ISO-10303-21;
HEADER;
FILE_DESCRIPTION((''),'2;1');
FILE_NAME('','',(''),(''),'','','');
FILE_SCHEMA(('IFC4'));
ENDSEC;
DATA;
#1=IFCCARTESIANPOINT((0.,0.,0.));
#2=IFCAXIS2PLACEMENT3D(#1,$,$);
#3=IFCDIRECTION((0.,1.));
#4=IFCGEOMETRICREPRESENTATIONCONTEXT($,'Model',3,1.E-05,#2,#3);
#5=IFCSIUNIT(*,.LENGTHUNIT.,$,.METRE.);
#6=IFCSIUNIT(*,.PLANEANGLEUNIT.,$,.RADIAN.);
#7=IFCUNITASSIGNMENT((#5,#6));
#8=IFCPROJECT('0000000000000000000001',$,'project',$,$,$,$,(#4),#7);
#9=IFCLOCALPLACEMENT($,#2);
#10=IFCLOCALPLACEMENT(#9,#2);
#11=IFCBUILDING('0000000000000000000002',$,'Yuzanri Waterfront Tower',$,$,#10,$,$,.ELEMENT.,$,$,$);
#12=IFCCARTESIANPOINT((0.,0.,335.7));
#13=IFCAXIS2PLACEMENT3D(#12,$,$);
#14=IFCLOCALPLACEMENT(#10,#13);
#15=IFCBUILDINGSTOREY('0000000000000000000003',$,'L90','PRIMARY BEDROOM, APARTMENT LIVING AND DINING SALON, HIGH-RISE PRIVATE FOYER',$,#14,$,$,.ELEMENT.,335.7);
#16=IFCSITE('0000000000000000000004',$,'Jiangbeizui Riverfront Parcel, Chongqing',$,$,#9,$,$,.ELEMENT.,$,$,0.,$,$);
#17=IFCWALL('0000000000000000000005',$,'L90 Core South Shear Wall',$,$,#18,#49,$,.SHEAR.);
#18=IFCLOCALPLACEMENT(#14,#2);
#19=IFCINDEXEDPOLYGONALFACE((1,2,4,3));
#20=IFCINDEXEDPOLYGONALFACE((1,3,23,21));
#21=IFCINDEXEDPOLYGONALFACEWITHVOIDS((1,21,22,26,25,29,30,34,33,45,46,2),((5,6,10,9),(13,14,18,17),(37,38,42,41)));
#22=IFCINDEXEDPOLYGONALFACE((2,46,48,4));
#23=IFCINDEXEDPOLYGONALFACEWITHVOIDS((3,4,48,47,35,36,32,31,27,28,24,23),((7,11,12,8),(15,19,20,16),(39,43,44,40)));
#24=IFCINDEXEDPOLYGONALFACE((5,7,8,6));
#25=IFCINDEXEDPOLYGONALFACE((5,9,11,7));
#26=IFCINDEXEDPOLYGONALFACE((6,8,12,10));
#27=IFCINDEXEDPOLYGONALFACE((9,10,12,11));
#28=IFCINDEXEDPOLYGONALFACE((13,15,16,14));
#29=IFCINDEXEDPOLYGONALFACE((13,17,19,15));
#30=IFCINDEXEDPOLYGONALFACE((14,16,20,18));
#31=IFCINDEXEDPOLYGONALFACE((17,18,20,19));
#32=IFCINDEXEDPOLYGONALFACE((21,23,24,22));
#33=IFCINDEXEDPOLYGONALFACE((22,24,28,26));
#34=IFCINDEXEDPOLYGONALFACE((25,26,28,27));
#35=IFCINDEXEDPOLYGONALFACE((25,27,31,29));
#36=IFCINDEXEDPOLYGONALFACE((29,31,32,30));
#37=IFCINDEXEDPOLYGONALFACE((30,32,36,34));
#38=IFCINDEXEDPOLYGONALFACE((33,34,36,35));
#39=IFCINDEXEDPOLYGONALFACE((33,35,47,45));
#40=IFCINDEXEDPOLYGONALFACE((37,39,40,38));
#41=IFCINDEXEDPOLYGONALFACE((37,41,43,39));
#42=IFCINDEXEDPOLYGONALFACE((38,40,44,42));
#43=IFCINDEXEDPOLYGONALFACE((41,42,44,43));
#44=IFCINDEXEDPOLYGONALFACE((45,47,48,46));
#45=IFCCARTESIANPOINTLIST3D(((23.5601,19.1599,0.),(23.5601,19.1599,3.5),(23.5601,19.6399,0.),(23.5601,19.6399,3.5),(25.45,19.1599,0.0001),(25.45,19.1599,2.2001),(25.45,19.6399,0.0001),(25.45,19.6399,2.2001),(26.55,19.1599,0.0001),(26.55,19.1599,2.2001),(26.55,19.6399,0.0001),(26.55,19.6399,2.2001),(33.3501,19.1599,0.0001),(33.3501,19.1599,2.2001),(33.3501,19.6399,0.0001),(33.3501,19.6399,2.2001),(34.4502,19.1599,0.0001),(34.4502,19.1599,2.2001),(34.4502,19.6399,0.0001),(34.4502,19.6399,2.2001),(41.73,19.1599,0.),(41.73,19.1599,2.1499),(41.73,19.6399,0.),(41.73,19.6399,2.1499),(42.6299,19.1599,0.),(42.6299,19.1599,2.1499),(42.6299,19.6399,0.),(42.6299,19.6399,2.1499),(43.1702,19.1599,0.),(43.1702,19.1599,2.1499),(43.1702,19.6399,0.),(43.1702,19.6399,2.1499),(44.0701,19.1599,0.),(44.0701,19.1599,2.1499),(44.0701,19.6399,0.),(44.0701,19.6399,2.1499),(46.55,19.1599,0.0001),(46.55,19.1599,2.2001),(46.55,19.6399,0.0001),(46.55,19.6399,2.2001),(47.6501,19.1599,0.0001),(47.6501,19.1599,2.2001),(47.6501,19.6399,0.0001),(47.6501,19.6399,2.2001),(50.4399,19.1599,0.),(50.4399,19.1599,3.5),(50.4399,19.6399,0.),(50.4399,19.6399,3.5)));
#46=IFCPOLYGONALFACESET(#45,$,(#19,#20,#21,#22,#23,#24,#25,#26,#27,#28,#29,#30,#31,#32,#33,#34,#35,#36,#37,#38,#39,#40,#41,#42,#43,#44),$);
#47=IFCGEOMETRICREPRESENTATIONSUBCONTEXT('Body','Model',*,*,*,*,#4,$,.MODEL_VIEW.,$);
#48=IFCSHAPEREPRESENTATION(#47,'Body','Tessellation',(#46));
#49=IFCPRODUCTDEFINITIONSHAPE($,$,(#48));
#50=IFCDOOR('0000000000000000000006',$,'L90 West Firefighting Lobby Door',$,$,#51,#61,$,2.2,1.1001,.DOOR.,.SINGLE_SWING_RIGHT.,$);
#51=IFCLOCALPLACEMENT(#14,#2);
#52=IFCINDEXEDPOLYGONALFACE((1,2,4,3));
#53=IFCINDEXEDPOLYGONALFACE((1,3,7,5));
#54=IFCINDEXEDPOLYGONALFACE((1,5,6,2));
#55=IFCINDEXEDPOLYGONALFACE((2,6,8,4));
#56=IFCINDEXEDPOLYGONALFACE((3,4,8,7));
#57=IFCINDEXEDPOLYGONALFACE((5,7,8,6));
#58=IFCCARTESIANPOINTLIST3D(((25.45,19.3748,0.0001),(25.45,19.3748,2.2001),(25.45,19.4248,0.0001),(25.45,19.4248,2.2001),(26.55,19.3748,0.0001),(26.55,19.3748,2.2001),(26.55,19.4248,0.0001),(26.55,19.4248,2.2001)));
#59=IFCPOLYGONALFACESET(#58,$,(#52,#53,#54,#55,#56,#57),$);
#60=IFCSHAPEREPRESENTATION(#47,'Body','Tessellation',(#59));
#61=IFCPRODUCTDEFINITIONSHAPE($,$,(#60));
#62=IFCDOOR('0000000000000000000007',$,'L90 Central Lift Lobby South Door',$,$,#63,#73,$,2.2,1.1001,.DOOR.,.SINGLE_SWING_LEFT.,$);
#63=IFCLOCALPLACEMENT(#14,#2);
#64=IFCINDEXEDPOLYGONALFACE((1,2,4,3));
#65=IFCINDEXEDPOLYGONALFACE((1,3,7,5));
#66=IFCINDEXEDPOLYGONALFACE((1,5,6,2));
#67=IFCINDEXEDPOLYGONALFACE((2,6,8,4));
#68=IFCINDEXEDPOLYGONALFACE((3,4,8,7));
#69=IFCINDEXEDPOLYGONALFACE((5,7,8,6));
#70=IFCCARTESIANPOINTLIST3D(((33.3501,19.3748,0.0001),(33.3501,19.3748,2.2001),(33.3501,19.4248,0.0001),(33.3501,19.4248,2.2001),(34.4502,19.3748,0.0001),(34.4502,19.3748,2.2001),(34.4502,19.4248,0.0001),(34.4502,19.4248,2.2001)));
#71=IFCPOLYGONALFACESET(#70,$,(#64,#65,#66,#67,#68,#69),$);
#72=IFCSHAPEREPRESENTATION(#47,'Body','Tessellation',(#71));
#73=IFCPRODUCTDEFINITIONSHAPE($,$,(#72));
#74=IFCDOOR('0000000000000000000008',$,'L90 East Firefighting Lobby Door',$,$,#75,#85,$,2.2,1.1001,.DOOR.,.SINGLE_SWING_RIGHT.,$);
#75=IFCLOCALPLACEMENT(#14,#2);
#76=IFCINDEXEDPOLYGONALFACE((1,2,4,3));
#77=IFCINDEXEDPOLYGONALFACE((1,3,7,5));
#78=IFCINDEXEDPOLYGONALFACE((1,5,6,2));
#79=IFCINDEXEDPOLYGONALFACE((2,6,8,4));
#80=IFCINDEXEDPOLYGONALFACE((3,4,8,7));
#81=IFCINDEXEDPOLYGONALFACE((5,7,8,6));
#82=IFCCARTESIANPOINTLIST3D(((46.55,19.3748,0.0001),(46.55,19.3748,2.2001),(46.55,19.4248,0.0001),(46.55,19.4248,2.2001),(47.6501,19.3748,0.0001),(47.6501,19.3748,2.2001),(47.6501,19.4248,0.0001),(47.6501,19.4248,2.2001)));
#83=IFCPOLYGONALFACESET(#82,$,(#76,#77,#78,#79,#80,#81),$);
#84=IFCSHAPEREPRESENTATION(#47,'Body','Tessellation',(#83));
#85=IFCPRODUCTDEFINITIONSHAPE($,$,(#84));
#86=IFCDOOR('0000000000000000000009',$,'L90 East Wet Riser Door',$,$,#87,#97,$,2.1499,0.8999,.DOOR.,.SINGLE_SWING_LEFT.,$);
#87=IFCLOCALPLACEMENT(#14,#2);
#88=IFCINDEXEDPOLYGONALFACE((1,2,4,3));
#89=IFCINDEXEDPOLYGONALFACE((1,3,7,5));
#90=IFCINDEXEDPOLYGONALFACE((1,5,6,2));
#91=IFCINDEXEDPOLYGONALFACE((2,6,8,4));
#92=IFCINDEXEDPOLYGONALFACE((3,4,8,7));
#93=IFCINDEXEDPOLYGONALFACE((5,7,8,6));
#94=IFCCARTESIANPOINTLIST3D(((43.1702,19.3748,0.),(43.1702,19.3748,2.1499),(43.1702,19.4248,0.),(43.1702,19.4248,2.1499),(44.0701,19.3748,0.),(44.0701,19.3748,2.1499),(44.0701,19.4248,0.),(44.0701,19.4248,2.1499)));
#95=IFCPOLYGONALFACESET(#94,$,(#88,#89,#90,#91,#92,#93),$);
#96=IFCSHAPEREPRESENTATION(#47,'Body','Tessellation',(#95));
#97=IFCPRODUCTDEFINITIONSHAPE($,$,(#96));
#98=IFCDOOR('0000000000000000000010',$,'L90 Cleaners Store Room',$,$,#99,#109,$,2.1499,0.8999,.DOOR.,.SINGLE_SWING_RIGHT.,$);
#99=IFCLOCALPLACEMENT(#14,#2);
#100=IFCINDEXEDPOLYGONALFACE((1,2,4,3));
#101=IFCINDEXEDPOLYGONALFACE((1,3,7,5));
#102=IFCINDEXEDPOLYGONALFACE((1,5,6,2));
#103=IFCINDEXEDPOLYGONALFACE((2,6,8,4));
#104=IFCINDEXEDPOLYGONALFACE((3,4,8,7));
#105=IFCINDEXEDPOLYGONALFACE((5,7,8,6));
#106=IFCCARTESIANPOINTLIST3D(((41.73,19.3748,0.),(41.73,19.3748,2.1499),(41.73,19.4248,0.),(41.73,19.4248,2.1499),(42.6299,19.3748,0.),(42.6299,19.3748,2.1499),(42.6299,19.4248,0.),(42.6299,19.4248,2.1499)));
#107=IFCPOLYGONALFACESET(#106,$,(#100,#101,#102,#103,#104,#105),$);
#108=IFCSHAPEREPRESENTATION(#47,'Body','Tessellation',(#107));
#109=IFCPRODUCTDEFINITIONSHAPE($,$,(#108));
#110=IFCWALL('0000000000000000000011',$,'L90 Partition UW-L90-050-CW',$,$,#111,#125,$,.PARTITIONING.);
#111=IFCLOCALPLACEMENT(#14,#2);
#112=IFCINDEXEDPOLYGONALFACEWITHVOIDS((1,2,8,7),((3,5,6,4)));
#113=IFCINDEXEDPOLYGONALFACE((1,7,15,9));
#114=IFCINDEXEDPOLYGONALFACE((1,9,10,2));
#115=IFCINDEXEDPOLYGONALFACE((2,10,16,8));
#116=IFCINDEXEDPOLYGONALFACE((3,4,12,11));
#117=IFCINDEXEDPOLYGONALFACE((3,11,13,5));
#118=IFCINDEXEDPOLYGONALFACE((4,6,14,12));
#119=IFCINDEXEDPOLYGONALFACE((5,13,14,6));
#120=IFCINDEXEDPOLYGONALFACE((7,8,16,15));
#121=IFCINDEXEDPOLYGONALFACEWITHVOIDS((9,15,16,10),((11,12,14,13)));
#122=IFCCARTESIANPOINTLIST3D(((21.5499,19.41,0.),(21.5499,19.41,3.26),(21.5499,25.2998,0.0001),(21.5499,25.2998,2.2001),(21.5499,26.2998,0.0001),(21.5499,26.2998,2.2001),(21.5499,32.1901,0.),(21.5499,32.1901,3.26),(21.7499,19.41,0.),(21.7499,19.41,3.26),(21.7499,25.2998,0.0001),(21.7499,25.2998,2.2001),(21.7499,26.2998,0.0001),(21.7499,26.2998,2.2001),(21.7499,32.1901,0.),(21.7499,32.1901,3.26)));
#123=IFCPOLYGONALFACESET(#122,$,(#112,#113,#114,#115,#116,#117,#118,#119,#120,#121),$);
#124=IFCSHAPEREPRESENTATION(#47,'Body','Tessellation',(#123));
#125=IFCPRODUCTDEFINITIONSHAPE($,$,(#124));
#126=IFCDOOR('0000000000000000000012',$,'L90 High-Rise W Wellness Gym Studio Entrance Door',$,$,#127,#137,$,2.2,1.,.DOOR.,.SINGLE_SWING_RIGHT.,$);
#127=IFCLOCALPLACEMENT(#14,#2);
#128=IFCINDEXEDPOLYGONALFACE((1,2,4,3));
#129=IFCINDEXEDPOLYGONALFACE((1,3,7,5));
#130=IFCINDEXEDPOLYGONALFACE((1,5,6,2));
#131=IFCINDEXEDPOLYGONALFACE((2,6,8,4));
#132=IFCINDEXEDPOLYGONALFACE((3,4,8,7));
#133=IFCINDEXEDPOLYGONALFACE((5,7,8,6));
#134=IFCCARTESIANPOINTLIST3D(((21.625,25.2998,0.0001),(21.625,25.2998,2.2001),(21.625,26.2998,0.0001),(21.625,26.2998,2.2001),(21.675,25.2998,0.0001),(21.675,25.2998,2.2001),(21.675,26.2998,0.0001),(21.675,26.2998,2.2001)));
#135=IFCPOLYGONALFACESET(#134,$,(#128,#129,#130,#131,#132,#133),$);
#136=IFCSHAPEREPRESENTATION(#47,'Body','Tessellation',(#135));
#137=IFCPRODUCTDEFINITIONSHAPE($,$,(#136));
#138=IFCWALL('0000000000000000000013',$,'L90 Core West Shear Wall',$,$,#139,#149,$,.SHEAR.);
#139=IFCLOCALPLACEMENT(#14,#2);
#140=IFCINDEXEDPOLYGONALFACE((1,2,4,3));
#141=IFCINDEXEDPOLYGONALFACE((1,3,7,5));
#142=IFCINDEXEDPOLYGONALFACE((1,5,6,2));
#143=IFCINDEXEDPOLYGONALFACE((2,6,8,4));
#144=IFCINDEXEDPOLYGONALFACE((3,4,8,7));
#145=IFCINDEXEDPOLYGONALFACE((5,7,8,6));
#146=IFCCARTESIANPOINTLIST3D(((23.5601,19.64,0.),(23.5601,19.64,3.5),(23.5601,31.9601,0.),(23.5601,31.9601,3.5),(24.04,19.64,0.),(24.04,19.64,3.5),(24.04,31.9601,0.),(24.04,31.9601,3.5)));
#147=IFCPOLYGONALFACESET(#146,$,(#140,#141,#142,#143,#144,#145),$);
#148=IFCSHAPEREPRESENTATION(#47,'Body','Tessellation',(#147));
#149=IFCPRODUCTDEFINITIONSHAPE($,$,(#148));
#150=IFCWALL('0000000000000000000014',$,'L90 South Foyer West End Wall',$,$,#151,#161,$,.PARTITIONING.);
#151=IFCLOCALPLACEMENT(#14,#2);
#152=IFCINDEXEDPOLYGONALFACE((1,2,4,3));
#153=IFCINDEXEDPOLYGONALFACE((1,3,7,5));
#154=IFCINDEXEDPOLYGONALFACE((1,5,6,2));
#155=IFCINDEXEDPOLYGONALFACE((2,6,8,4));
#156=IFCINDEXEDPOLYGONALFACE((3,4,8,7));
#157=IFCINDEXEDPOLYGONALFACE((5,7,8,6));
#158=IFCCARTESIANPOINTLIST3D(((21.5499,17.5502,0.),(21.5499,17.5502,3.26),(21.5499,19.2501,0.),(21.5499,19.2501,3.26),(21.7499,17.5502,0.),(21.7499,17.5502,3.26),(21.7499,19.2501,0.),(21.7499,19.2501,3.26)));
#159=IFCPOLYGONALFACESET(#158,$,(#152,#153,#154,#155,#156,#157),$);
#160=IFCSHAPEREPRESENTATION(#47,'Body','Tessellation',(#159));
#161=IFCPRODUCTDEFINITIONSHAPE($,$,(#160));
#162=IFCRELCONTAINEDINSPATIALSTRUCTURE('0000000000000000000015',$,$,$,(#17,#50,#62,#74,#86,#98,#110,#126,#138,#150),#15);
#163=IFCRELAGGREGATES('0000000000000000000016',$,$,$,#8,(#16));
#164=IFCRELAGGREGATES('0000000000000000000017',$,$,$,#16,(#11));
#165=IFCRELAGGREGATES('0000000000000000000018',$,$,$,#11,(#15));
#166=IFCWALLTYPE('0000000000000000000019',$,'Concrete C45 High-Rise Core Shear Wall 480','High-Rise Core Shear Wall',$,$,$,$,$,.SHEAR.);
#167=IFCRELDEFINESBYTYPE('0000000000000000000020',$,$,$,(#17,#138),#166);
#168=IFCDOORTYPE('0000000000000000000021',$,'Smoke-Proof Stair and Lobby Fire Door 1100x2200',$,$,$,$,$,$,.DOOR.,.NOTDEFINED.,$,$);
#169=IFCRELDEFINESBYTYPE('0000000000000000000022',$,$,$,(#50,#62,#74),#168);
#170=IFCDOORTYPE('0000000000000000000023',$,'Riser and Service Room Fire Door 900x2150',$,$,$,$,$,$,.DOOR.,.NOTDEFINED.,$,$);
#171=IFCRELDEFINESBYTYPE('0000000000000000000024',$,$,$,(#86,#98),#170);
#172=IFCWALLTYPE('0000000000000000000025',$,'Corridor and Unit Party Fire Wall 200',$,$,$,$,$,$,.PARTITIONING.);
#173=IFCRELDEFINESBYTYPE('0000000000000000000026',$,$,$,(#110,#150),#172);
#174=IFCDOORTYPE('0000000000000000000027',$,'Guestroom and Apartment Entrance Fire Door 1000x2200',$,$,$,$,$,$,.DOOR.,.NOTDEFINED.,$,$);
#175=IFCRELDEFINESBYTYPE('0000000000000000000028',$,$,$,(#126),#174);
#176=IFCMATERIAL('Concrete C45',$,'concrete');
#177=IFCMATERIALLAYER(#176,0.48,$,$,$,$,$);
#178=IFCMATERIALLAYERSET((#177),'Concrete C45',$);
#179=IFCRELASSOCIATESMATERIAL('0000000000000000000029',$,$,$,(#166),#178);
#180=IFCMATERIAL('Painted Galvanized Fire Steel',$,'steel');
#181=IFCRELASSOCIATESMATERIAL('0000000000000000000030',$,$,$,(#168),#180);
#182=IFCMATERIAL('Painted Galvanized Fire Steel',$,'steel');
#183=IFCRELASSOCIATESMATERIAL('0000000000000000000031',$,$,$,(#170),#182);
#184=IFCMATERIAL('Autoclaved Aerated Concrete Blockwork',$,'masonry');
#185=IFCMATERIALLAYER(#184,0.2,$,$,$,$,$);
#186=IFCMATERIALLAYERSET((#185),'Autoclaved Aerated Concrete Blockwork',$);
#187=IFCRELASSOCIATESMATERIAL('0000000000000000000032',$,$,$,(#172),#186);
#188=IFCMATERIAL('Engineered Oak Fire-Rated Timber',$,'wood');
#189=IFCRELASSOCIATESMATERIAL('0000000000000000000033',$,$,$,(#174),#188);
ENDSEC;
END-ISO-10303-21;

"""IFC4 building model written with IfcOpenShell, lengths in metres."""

from ifc_helpers import new_model, si_unit, direction, frame, frame_2d, origin, place, context, subcontext, project, spatial, rectangle, extrude, source, transform, mapped, material, layer, layer_set, type_object, element, fill, save


model = new_model("IFC4")

# Units and contexts
model_context = context("Model", 3, precision=1e-05, world=origin(), true_north=direction((0.0, 1.0)))
body_context = subcontext(model_context, "Body", "Model", "MODEL_VIEW")
ifc_project = project(units=[si_unit("LENGTHUNIT", "METRE"), si_unit("PLANEANGLEUNIT", "RADIAN")], contexts=[model_context])

# Site, building, storey
site_placement = place(None, origin())
site = spatial("IfcSite", under=ifc_project, at=site_placement, Name="Jiangbeizui Riverfront Parcel, Chongqing", CompositionType="ELEMENT", RefElevation=0.0)
building_placement = place(site_placement, origin())
building = spatial("IfcBuilding", under=site, at=building_placement, Name="Yuzanri Waterfront Tower", CompositionType="ELEMENT")
storey_placement = place(building_placement, frame((0.0, 0.0, 335.7)))
storey = spatial("IfcBuildingStorey", under=building, at=storey_placement, Name="L90", Description="PRIMARY BEDROOM, APARTMENT LIVING AND DINING SALON, HIGH-RISE PRIVATE FOYER", CompositionType="ELEMENT", Elevation=335.7)

# Wall, openings, doors
ifc_material_1 = material(Name="Concrete C45", Category="concrete")
ifc_layer_1 = layer(ifc_material_1, 0.48)
ifc_layer_set_1 = layer_set([ifc_layer_1], Name="Concrete C45")
wall_type_1 = type_object("IfcWallType", Name="Concrete C45 High-Rise Core Shear Wall 480", Description="High-Rise Core Shear Wall", PredefinedType="SHEAR", material=ifc_layer_set_1)
wall_1_placement = place(storey_placement, frame((23.5601, 19.3999, 0.0), z_axis=(0.0, 0.0, 1.0), x_axis=(1.0, 0.0, 0.0)))
wall_1 = element("IfcWall", 1, at=wall_1_placement, inside=storey, type_object=wall_type_1, Name="L90 Core South Shear Wall", PredefinedType="SHEAR", context=body_context, shape_type="SweptSolid", body=[
    extrude(rectangle(XDim=26.8799, YDim=0.48, at=frame_2d((13.4399, 0.0))), origin(), (0.0, 0.0, 1.0), 3.5),
])
opening_1_placement = place(wall_1_placement, frame((1.8899, 0.0, 0.0)))
opening_1 = element("IfcOpeningElement", 2, at=opening_1_placement, cuts=wall_1, PredefinedType="OPENING", context=body_context, shape_type="SweptSolid", body=[
    extrude(rectangle(XDim=1.1001, YDim=2.2, at=frame_2d((0.55, 1.1001))), frame((0.0, 0.2549, 0.0), z_axis=(0.0, -1.0, 0.0), x_axis=(1.0, 0.0, 0.0)), (0.0, 0.0, 1.0), 0.5098),
])
opening_2_placement = place(wall_1_placement, frame((9.79, 0.0, 0.0)))
opening_2 = element("IfcOpeningElement", 3, at=opening_2_placement, cuts=wall_1, PredefinedType="OPENING", context=body_context, shape_type="SweptSolid", body=[
    extrude(rectangle(XDim=1.1001, YDim=2.2, at=frame_2d((0.55, 1.1001))), frame((0.0, 0.2549, 0.0), z_axis=(0.0, -1.0, 0.0), x_axis=(1.0, 0.0, 0.0)), (0.0, 0.0, 1.0), 0.5098),
])
opening_3_placement = place(wall_1_placement, frame((22.99, 0.0, 0.0)))
opening_3 = element("IfcOpeningElement", 4, at=opening_3_placement, cuts=wall_1, PredefinedType="OPENING", context=body_context, shape_type="SweptSolid", body=[
    extrude(rectangle(XDim=1.1001, YDim=2.2, at=frame_2d((0.55, 1.1001))), frame((0.0, 0.2549, 0.0), z_axis=(0.0, -1.0, 0.0), x_axis=(1.0, 0.0, 0.0)), (0.0, 0.0, 1.0), 0.5098),
])
opening_4_placement = place(wall_1_placement, frame((19.6101, 0.0, 0.0)))
opening_4 = element("IfcOpeningElement", 5, at=opening_4_placement, cuts=wall_1, PredefinedType="OPENING", context=body_context, shape_type="SweptSolid", body=[
    extrude(rectangle(XDim=0.8999, YDim=2.1499, at=frame_2d((0.45, 1.075))), frame((0.0, 0.2549, 0.0), z_axis=(0.0, -1.0, 0.0), x_axis=(1.0, 0.0, 0.0)), (0.0, 0.0, 1.0), 0.5098),
])
opening_5_placement = place(wall_1_placement, frame((18.1699, 0.0, 0.0)))
opening_5 = element("IfcOpeningElement", 6, at=opening_5_placement, cuts=wall_1, PredefinedType="OPENING", context=body_context, shape_type="SweptSolid", body=[
    extrude(rectangle(XDim=0.8999, YDim=2.1499, at=frame_2d((0.45, 1.075))), frame((0.0, 0.2549, 0.0), z_axis=(0.0, -1.0, 0.0), x_axis=(1.0, 0.0, 0.0)), (0.0, 0.0, 1.0), 0.5098),
])
ifc_material_2 = material(Name="Painted Galvanized Fire Steel", Category="steel")
door_type_1 = type_object("IfcDoorType", Name="Smoke-Proof Stair and Lobby Fire Door 1100x2200", OperationType="NOTDEFINED", PredefinedType="DOOR", material=ifc_material_2)
shared_shape_1 = source(origin(), body_context, "Body", "SweptSolid", [
    extrude(rectangle(XDim=1.1001, YDim=2.2, at=frame_2d((0.55, 1.1001))), frame((0.0, 0.0249, 0.0), z_axis=(0.0, -1.0, 0.0), x_axis=(1.0, 0.0, 0.0)), (0.0, 0.0, 1.0), 0.05),
])
door_1_placement = place(opening_1_placement, origin())
door_1 = element("IfcDoor", 7, at=door_1_placement, inside=storey, type_object=door_type_1, Name="L90 West Firefighting Lobby Door", OperationType="SINGLE_SWING_RIGHT", OverallHeight=2.2, OverallWidth=1.1001, PredefinedType="DOOR", context=body_context, shape_type="MappedRepresentation", body=[
    mapped(shared_shape_1, transform((0.0, 0.0, 0.0), scale=1.0)),
])
fill(opening_1, door_1)
door_2_placement = place(opening_2_placement, origin())
door_2 = element("IfcDoor", 8, at=door_2_placement, inside=storey, type_object=door_type_1, Name="L90 Central Lift Lobby South Door", OperationType="SINGLE_SWING_LEFT", OverallHeight=2.2, OverallWidth=1.1001, PredefinedType="DOOR", context=body_context, shape_type="MappedRepresentation", body=[
    mapped(shared_shape_1, transform((0.0, 0.0, 0.0), scale=1.0)),
])
fill(opening_2, door_2)
door_3_placement = place(opening_3_placement, origin())
door_3 = element("IfcDoor", 9, at=door_3_placement, inside=storey, type_object=door_type_1, Name="L90 East Firefighting Lobby Door", OperationType="SINGLE_SWING_RIGHT", OverallHeight=2.2, OverallWidth=1.1001, PredefinedType="DOOR", context=body_context, shape_type="MappedRepresentation", body=[
    mapped(shared_shape_1, transform((0.0, 0.0, 0.0), scale=1.0)),
])
fill(opening_3, door_3)
ifc_material_3 = material(Name="Painted Galvanized Fire Steel", Category="steel")
door_type_2 = type_object("IfcDoorType", Name="Riser and Service Room Fire Door 900x2150", OperationType="NOTDEFINED", PredefinedType="DOOR", material=ifc_material_3)
shared_shape_2 = source(origin(), body_context, "Body", "SweptSolid", [
    extrude(rectangle(XDim=0.8999, YDim=2.1499, at=frame_2d((0.45, 1.075))), frame((0.0, 0.0249, 0.0), z_axis=(0.0, -1.0, 0.0), x_axis=(1.0, 0.0, 0.0)), (0.0, 0.0, 1.0), 0.05),
])
door_4_placement = place(opening_4_placement, origin())
door_4 = element("IfcDoor", 10, at=door_4_placement, inside=storey, type_object=door_type_2, Name="L90 East Wet Riser Door", OperationType="SINGLE_SWING_LEFT", OverallHeight=2.1499, OverallWidth=0.8999, PredefinedType="DOOR", context=body_context, shape_type="MappedRepresentation", body=[
    mapped(shared_shape_2, transform((0.0, 0.0, 0.0), scale=1.0)),
])
fill(opening_4, door_4)
door_5_placement = place(opening_5_placement, origin())
door_5 = element("IfcDoor", 11, at=door_5_placement, inside=storey, type_object=door_type_2, Name="L90 Cleaners Store Room", OperationType="SINGLE_SWING_RIGHT", OverallHeight=2.1499, OverallWidth=0.8999, PredefinedType="DOOR", context=body_context, shape_type="MappedRepresentation", body=[
    mapped(shared_shape_2, transform((0.0, 0.0, 0.0), scale=1.0)),
])
fill(opening_5, door_5)

# Wall, opening, door
ifc_material_4 = material(Name="Autoclaved Aerated Concrete Blockwork", Category="masonry")
ifc_layer_2 = layer(ifc_material_4, 0.2)
ifc_layer_set_2 = layer_set([ifc_layer_2], Name="Autoclaved Aerated Concrete Blockwork")
wall_type_2 = type_object("IfcWallType", Name="Corridor and Unit Party Fire Wall 200", PredefinedType="PARTITIONING", material=ifc_layer_set_2)
wall_2_placement = place(storey_placement, frame((21.6499, 19.4099, 0.0), z_axis=(0.0, 0.0, 1.0), x_axis=(0.0, 1.0, 0.0)))
wall_2 = element("IfcWall", 12, at=wall_2_placement, inside=storey, type_object=wall_type_2, Name="L90 Partition UW-L90-050-CW", PredefinedType="PARTITIONING", context=body_context, shape_type="SweptSolid", body=[
    extrude(rectangle(XDim=12.78, YDim=0.2, at=frame_2d((6.3901, 0.0))), origin(), (0.0, 0.0, 1.0), 3.26),
])
opening_6_placement = place(wall_2_placement, frame((5.8899, 0.0, 0.0)))
opening_6 = element("IfcOpeningElement", 13, at=opening_6_placement, cuts=wall_2, PredefinedType="OPENING", context=body_context, shape_type="SweptSolid", body=[
    extrude(rectangle(XDim=1.0, YDim=2.2, at=frame_2d((0.5, 1.1001))), frame((0.0, 0.1147, 0.0), z_axis=(0.0, -1.0, 0.0), x_axis=(1.0, 0.0, 0.0)), (0.0, 0.0, 1.0), 0.2297),
])
ifc_material_5 = material(Name="Engineered Oak Fire-Rated Timber", Category="wood")
door_type_3 = type_object("IfcDoorType", Name="Guestroom and Apartment Entrance Fire Door 1000x2200", OperationType="NOTDEFINED", PredefinedType="DOOR", material=ifc_material_5)
shared_shape_3 = source(origin(), body_context, "Body", "SweptSolid", [
    extrude(rectangle(XDim=1.0, YDim=2.2, at=frame_2d((0.5, 1.1001))), frame((0.0, 0.0249, 0.0), z_axis=(0.0, -1.0, 0.0), x_axis=(1.0, 0.0, 0.0)), (0.0, 0.0, 1.0), 0.05),
])
door_6_placement = place(opening_6_placement, origin())
door_6 = element("IfcDoor", 14, at=door_6_placement, inside=storey, type_object=door_type_3, Name="L90 High-Rise W Wellness Gym Studio Entrance Door", OperationType="SINGLE_SWING_RIGHT", OverallHeight=2.2, OverallWidth=1.0, PredefinedType="DOOR", context=body_context, shape_type="MappedRepresentation", body=[
    mapped(shared_shape_3, transform((0.0, 0.0, 0.0), scale=1.0)),
])
fill(opening_6, door_6)

# Walls
shared_shape_4 = source(origin(), body_context, "Body", "SweptSolid", [
    extrude(rectangle(XDim=12.3201, YDim=0.48, at=frame_2d((6.1602, 0.0))), origin(), (0.0, 0.0, 1.0), 3.5),
])
wall_3_placement = place(storey_placement, frame((23.8, 19.6399, 0.0), z_axis=(0.0, 0.0, 1.0), x_axis=(0.0, 1.0, 0.0)))
element("IfcWall", 15, at=wall_3_placement, inside=storey, type_object=wall_type_1, Name="L90 Core West Shear Wall", PredefinedType="SHEAR", context=body_context, shape_type="MappedRepresentation", body=[
    mapped(shared_shape_4, transform((0.0, 0.0, 0.0), scale=1.0)),
])
shared_shape_5 = source(origin(), body_context, "Body", "SweptSolid", [
    extrude(rectangle(XDim=1.7, YDim=0.2, at=frame_2d((0.8501, 0.0))), origin(), (0.0, 0.0, 1.0), 3.26),
])
wall_4_placement = place(storey_placement, frame((21.6499, 17.55, 0.0), z_axis=(0.0, 0.0, 1.0), x_axis=(0.0, 1.0, 0.0)))
element("IfcWall", 16, at=wall_4_placement, inside=storey, type_object=wall_type_2, Name="L90 South Foyer West End Wall", PredefinedType="PARTITIONING", context=body_context, shape_type="MappedRepresentation", body=[
    mapped(shared_shape_5, transform((0.0, 0.0, 0.0), scale=1.0)),
])

save(model, "model.ifc")
